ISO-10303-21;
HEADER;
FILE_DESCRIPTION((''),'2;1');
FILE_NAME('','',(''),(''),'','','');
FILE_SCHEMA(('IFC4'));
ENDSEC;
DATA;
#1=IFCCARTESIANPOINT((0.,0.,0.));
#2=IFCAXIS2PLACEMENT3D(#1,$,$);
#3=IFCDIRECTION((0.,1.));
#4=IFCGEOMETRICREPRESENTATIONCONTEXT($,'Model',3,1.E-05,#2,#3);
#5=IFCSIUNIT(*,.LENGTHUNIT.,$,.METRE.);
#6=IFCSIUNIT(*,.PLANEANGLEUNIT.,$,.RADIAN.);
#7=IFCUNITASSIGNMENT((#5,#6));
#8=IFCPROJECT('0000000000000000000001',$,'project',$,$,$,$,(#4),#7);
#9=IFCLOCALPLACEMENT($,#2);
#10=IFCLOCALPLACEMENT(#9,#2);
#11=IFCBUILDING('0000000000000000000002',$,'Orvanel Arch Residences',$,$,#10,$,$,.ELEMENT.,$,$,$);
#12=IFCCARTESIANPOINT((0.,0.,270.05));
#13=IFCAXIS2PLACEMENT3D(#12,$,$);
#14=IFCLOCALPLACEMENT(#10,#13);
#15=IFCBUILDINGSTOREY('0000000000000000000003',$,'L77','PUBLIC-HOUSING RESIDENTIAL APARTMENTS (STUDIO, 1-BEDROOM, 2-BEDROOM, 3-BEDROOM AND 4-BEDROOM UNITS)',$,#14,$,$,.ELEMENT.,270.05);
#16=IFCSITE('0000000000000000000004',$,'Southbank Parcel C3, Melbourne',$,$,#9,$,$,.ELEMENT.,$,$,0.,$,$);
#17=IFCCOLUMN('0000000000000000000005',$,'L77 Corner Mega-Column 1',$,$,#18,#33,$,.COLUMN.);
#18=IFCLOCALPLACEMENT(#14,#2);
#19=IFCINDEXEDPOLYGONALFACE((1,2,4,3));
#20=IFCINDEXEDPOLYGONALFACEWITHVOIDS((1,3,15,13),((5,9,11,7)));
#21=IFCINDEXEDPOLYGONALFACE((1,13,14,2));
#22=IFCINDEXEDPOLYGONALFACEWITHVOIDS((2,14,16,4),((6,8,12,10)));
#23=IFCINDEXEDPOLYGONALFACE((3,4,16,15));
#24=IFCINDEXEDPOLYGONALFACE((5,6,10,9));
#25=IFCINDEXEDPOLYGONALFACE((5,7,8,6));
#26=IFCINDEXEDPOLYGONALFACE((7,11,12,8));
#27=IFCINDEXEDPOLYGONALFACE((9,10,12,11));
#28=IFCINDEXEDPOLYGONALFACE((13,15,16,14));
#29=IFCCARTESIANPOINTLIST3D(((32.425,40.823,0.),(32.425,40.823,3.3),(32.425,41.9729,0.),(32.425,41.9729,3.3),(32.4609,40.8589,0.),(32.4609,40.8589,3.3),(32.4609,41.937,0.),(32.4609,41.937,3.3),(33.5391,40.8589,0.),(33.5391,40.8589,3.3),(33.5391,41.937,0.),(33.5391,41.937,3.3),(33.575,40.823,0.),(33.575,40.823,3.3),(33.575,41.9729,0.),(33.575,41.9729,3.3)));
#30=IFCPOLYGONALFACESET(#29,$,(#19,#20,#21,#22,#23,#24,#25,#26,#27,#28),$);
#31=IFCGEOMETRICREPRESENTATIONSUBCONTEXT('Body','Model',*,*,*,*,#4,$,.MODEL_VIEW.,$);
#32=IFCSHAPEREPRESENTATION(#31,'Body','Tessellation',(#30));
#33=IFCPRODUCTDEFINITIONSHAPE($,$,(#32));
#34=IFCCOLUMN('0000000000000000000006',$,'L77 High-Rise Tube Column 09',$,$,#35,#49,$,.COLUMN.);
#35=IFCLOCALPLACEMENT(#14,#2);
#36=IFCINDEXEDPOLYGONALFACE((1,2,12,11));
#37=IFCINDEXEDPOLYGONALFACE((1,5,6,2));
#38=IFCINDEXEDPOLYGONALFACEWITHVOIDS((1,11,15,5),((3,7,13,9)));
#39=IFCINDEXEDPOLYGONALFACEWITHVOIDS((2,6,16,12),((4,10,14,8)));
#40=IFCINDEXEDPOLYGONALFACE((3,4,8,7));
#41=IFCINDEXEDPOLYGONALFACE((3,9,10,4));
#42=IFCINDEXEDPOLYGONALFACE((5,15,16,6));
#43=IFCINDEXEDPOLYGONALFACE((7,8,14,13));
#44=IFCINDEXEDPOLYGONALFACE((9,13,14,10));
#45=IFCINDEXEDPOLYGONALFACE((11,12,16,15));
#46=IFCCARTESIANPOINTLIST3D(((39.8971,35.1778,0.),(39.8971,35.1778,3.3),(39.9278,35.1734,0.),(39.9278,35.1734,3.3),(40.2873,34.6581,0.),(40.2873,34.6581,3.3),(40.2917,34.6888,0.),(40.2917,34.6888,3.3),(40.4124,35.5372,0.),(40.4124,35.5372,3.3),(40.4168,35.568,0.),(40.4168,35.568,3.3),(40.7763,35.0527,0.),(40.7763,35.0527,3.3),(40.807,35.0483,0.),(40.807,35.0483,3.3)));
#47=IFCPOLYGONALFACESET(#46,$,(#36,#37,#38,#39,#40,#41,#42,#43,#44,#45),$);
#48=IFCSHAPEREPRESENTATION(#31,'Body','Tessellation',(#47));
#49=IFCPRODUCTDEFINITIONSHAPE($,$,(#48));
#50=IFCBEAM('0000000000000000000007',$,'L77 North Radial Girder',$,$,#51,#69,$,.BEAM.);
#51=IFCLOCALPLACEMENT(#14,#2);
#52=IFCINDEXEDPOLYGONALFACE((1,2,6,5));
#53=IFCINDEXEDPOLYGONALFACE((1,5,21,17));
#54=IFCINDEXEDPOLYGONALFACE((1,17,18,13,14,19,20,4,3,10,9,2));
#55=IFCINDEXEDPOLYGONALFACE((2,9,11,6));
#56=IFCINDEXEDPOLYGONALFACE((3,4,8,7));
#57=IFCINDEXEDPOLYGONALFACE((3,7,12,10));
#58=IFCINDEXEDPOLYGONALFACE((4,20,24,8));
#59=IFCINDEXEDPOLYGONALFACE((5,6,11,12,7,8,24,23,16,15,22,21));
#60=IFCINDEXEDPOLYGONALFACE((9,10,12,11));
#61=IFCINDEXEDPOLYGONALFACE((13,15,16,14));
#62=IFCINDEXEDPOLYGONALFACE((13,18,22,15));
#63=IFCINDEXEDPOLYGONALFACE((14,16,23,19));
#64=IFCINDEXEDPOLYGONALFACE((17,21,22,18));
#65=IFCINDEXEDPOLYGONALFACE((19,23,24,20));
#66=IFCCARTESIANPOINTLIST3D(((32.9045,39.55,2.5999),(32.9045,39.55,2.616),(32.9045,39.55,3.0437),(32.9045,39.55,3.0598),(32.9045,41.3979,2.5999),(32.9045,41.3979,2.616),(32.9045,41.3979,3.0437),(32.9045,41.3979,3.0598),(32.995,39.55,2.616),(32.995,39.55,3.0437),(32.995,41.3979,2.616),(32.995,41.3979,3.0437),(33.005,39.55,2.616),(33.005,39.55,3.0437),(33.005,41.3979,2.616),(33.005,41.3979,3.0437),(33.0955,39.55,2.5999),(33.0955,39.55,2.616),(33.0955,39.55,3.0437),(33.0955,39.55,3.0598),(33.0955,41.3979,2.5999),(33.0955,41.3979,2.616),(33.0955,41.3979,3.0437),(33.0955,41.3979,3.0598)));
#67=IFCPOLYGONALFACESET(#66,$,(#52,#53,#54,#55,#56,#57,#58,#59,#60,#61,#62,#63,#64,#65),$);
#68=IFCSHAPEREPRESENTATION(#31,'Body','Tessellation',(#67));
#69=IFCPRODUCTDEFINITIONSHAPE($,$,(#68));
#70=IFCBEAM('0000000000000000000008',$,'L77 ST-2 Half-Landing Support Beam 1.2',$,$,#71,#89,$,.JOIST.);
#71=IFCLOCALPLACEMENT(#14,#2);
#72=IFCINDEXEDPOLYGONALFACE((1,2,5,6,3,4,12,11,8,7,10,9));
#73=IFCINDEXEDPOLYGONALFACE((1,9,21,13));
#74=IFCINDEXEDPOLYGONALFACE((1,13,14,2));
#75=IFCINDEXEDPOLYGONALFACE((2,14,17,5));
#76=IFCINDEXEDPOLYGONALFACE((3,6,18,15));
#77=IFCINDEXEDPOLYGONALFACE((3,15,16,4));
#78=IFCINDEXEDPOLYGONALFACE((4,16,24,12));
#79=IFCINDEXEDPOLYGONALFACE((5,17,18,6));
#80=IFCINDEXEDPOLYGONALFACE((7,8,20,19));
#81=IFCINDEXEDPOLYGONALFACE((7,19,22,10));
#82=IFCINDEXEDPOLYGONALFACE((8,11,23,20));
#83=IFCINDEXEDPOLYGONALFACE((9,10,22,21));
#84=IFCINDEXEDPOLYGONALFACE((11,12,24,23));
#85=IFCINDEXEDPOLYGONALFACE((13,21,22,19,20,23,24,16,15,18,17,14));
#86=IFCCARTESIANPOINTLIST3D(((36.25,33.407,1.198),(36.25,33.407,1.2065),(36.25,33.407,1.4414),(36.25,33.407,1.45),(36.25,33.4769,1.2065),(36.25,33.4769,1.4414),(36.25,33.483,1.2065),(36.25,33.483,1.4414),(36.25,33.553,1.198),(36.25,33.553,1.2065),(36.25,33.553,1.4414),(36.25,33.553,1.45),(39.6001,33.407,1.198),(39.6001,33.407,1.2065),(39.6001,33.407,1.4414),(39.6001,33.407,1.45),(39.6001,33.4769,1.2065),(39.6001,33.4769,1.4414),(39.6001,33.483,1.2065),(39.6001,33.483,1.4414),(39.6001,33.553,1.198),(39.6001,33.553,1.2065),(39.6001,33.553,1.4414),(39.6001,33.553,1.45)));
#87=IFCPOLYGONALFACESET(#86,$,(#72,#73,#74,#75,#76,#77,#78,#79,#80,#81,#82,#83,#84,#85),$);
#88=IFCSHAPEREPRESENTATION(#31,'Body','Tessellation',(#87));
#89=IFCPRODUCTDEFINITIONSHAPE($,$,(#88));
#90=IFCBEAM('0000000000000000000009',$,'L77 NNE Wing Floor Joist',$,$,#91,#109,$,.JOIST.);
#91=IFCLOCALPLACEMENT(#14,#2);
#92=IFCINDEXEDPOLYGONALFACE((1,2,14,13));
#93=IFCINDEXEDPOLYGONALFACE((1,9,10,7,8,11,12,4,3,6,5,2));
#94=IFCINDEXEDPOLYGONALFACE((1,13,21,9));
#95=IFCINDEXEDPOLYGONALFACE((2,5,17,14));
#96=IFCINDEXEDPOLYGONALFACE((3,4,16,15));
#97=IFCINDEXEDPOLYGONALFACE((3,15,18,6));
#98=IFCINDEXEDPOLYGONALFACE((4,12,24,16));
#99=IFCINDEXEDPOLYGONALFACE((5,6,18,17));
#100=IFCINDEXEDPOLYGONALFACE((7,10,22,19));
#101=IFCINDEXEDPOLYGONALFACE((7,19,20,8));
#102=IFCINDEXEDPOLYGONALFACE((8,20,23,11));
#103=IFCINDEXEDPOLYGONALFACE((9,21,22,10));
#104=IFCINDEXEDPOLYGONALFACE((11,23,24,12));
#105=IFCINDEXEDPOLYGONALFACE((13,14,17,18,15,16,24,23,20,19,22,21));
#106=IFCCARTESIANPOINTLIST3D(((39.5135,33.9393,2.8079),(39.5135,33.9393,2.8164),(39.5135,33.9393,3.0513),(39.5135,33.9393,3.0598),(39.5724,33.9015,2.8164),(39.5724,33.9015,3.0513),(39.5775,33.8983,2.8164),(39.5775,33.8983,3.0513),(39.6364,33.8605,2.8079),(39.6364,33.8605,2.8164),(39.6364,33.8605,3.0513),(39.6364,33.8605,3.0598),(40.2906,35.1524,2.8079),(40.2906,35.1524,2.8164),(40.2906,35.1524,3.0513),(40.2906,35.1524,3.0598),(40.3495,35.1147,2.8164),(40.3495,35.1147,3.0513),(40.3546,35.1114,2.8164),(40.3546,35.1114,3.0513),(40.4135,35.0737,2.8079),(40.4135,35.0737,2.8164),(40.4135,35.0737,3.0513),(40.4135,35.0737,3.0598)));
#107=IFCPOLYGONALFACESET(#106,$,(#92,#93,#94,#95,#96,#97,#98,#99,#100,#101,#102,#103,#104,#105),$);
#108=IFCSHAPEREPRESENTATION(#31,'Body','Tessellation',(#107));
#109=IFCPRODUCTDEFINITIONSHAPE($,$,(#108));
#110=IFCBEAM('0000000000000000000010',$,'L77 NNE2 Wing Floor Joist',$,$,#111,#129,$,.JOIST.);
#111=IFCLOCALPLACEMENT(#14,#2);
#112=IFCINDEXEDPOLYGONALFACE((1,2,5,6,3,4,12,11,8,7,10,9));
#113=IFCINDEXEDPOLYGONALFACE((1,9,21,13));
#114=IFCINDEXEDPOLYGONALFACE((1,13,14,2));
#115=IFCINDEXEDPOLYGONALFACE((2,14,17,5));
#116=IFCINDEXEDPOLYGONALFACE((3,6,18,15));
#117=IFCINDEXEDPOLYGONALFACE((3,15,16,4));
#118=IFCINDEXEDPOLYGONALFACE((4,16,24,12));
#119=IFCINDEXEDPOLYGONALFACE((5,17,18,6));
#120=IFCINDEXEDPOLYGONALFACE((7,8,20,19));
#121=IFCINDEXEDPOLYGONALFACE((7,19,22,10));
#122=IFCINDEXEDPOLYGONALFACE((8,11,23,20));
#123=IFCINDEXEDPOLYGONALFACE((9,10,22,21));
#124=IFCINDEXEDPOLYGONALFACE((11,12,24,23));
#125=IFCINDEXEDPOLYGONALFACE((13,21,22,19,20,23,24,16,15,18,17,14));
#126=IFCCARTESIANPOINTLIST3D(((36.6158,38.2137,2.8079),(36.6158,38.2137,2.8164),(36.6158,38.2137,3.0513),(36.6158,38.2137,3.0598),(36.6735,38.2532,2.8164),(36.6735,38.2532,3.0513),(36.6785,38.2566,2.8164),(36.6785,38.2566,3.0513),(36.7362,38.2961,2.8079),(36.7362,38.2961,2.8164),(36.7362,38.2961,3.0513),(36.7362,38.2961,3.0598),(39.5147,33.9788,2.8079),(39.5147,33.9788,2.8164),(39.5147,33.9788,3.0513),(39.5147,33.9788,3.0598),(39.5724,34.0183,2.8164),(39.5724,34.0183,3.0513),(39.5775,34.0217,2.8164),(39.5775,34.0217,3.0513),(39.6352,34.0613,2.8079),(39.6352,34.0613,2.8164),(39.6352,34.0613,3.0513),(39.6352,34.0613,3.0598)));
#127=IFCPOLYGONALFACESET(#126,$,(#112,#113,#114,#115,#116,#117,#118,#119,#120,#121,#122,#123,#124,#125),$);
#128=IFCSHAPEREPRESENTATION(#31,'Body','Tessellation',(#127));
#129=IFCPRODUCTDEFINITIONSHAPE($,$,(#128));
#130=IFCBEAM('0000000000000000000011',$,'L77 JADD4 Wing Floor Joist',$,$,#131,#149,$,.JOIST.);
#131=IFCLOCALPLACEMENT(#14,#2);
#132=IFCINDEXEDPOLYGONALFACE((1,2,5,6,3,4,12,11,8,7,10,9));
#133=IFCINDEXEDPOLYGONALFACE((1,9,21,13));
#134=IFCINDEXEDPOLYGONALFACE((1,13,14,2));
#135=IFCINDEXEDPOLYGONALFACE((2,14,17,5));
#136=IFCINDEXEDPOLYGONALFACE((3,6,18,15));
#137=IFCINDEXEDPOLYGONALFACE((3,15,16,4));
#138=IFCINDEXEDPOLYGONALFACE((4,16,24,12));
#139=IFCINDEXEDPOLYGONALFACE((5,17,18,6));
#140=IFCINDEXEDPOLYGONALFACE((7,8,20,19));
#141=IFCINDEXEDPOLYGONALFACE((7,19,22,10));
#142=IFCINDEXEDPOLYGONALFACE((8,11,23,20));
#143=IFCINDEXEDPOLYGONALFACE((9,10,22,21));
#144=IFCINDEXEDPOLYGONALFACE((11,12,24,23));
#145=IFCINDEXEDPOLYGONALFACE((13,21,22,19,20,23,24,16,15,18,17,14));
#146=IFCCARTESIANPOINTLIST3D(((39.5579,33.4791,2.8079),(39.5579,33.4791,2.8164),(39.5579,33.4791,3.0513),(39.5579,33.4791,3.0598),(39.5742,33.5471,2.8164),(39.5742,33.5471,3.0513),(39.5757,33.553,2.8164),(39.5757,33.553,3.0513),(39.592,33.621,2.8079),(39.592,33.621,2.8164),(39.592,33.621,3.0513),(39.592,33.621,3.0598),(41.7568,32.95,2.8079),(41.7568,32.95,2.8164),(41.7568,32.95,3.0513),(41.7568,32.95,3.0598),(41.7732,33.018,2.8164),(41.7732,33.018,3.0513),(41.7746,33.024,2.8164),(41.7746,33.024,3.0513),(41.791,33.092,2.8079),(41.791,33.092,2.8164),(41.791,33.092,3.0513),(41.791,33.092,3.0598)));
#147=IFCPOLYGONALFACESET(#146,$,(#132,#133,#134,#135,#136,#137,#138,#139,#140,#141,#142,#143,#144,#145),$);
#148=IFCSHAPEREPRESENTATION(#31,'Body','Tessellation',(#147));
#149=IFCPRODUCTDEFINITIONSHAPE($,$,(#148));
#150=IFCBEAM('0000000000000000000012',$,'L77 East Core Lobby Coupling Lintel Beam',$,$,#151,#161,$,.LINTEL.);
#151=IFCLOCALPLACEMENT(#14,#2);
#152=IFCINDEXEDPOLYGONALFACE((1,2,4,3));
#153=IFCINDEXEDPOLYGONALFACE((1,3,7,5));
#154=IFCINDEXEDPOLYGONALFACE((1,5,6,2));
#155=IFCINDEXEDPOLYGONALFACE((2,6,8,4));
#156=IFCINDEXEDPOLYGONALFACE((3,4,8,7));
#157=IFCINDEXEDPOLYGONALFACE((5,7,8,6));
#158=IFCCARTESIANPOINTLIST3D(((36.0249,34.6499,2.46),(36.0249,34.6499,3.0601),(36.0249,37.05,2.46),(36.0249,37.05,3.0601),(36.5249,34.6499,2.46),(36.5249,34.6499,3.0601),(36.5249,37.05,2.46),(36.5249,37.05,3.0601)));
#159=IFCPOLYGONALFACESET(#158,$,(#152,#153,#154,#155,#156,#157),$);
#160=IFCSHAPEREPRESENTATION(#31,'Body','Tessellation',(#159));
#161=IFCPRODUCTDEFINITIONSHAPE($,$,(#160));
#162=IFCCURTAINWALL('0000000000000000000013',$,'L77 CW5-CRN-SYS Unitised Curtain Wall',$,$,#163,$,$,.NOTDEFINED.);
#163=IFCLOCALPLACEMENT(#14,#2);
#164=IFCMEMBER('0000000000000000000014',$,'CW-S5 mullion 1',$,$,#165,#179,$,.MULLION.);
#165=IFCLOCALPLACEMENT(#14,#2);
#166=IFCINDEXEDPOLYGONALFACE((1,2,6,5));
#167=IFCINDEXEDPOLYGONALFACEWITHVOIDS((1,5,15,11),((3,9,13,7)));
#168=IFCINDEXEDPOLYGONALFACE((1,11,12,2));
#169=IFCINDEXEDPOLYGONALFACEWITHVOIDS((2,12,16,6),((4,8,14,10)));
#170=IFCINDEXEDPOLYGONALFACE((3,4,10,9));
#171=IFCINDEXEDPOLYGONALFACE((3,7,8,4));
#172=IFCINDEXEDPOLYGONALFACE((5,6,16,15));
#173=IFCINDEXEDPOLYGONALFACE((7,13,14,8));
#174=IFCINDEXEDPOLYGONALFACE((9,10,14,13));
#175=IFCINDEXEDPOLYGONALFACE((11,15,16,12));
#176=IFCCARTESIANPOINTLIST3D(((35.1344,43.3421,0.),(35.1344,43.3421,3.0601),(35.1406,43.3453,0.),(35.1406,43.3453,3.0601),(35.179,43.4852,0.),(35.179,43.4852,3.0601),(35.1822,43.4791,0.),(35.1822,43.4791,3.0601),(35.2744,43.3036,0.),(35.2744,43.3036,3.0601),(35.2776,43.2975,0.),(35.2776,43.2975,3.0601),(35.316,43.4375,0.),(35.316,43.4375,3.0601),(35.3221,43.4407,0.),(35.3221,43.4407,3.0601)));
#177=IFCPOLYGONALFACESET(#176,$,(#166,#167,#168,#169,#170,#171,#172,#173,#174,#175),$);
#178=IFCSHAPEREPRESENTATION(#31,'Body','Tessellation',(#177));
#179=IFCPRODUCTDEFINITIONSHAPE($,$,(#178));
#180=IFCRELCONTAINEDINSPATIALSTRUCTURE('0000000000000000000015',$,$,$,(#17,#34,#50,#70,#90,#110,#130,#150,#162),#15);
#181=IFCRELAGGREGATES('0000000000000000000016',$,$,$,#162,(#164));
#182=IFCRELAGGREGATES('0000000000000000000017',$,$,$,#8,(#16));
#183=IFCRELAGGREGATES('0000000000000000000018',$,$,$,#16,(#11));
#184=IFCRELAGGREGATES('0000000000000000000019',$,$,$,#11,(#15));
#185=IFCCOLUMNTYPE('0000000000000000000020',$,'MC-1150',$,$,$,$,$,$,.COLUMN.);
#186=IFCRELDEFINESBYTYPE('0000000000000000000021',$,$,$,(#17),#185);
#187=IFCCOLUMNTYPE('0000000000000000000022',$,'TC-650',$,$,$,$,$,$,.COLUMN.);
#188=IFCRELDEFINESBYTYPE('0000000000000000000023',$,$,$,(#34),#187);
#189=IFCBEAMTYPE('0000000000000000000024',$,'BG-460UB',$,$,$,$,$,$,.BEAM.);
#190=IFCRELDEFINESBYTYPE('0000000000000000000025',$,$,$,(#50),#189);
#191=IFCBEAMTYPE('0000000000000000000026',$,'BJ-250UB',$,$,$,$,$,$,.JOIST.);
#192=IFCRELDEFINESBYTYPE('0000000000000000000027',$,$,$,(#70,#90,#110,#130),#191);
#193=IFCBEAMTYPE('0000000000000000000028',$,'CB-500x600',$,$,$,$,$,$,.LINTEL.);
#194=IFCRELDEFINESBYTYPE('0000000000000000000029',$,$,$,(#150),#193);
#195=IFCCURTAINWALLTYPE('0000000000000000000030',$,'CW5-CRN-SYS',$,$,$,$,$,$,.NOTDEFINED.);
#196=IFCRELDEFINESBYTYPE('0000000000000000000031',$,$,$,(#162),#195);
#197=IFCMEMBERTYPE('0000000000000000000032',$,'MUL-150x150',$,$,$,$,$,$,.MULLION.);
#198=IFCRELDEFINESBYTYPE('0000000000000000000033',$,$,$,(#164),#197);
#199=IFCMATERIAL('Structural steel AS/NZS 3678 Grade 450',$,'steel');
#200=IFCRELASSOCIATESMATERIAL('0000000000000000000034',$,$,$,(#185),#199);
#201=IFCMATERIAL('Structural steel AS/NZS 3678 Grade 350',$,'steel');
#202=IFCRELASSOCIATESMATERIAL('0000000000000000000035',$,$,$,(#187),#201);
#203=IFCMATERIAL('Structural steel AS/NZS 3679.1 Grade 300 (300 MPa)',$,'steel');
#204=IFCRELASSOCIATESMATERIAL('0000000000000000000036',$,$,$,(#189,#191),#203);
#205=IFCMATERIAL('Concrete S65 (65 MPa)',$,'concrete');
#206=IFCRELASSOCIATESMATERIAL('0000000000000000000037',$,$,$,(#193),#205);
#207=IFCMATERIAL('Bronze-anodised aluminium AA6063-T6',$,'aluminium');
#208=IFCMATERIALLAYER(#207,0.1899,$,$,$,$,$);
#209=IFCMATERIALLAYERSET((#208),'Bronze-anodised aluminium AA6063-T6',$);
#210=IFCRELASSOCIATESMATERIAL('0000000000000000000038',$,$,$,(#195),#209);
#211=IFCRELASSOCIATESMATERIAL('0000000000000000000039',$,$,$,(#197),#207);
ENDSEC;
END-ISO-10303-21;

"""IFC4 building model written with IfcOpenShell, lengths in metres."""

from ifc_helpers import new_model, si_unit, direction, frame, origin, origin_2d, place, context, subcontext, project, spatial, rectangle, hollow_rectangle, i_section, extrude, material, layer, layer_set, material_profile, profile_set, type_object, element, aggregate, save


model = new_model("IFC4")

# Units and contexts
model_context = context("Model", 3, precision=1e-05, world=origin(), true_north=direction((0.0, 1.0)))
body_context = subcontext(model_context, "Body", "Model", "MODEL_VIEW")
ifc_project = project(units=[si_unit("LENGTHUNIT", "METRE"), si_unit("PLANEANGLEUNIT", "RADIAN")], contexts=[model_context])

# Site, building, storey
site_placement = place(None, origin())
site = spatial("IfcSite", under=ifc_project, at=site_placement, Name="Southbank Parcel C3, Melbourne", CompositionType="ELEMENT", RefElevation=0.0)
building_placement = place(site_placement, origin())
building = spatial("IfcBuilding", under=site, at=building_placement, Name="Orvanel Arch Residences", CompositionType="ELEMENT")
storey_placement = place(building_placement, frame((0.0, 0.0, 270.05)))
storey = spatial("IfcBuildingStorey", under=building, at=storey_placement, Name="L77", Description="PUBLIC-HOUSING RESIDENTIAL APARTMENTS (STUDIO, 1-BEDROOM, 2-BEDROOM, 3-BEDROOM AND 4-BEDROOM UNITS)", CompositionType="ELEMENT", Elevation=270.05)

# Columns
ifc_material_1 = material(Name="Structural steel AS/NZS 3678 Grade 450", Category="steel")
ifc_material_profile_1 = material_profile(ifc_material_1, hollow_rectangle(XDim=1.1499, YDim=1.1499, WallThickness=0.0359, at=origin_2d()), Name="BOX1150x1150x36")
ifc_profile_set_1 = profile_set([ifc_material_profile_1], Name="Structural steel AS/NZS 3678 Grade 450")
column_type_1 = type_object("IfcColumnType", Name="MC-1150", PredefinedType="COLUMN", material=ifc_profile_set_1)
column_1_placement = place(storey_placement, frame((33.0, 41.3979, 0.0), z_axis=(0.0, 0.0, 1.0), x_axis=(1.0, 0.0, 0.0)))
element("IfcColumn", 1, at=column_1_placement, inside=storey, type_object=column_type_1, Name="L77 Corner Mega-Column 1", PredefinedType="COLUMN", context=body_context, shape_type="SweptSolid", body=[
    extrude(hollow_rectangle(XDim=1.1499, YDim=1.1499, WallThickness=0.0359, at=origin_2d()), origin(), (0.0, 0.0, 1.0), 3.3),
])
ifc_material_2 = material(Name="Structural steel AS/NZS 3678 Grade 350", Category="steel")
ifc_material_profile_2 = material_profile(ifc_material_2, hollow_rectangle(XDim=0.6499, YDim=0.6499, WallThickness=0.022, at=origin_2d()), Name="BOX650x650x22")
ifc_profile_set_2 = profile_set([ifc_material_profile_2], Name="Structural steel AS/NZS 3678 Grade 350")
column_type_2 = type_object("IfcColumnType", Name="TC-650", PredefinedType="COLUMN", material=ifc_profile_set_2)
column_2_placement = place(storey_placement, frame((40.3521, 35.113, 0.0), z_axis=(0.0, 0.0, 1.0), x_axis=(-0.60042, 0.799685, 0.0)))
element("IfcColumn", 2, at=column_2_placement, inside=storey, type_object=column_type_2, Name="L77 High-Rise Tube Column 09", PredefinedType="COLUMN", context=body_context, shape_type="SweptSolid", body=[
    extrude(hollow_rectangle(XDim=0.6499, YDim=0.6499, WallThickness=0.022, at=origin_2d()), origin(), (0.0, 0.0, 1.0), 3.3),
])

# Beams
ifc_material_3 = material(Name="Structural steel AS/NZS 3679.1 Grade 300 (300 MPa)", Category="steel")
ifc_material_profile_3 = material_profile(ifc_material_3, i_section(OverallWidth=0.1909, OverallDepth=0.46, WebThickness=0.01, FlangeThickness=0.0161, at=origin_2d()), Name="460UB82.1")
ifc_profile_set_3 = profile_set([ifc_material_profile_3], Name="Structural steel AS/NZS 3679.1 Grade 300 (300 MPa)")
beam_type_1 = type_object("IfcBeamType", Name="BG-460UB", PredefinedType="BEAM", material=ifc_profile_set_3)
beam_1_placement = place(storey_placement, frame((33.0, 39.55, 2.8298), z_axis=(0.0, 1.0, 0.0), x_axis=(-1.0, 0.0, 0.0)))
element("IfcBeam", 3, at=beam_1_placement, inside=storey, type_object=beam_type_1, Name="L77 North Radial Girder", PredefinedType="BEAM", context=body_context, shape_type="SweptSolid", body=[
    extrude(i_section(OverallWidth=0.1909, OverallDepth=0.46, WebThickness=0.01, FlangeThickness=0.0161, at=origin_2d()), origin(), (0.0, 0.0, 1.0), 1.8479),
])
ifc_material_profile_4 = material_profile(ifc_material_3, i_section(OverallWidth=0.146, OverallDepth=0.252, WebThickness=0.0061, FlangeThickness=0.0085, at=origin_2d()), Name="250UB31.4")
ifc_profile_set_4 = profile_set([ifc_material_profile_4], Name="Structural steel AS/NZS 3679.1 Grade 300 (300 MPa)")
beam_type_2 = type_object("IfcBeamType", Name="BJ-250UB", PredefinedType="JOIST", material=ifc_profile_set_4)
beam_2_placement = place(storey_placement, frame((36.25, 33.48, 1.324), z_axis=(1.0, 0.0, 0.0), x_axis=(0.0, 1.0, 0.0)))
element("IfcBeam", 4, at=beam_2_placement, inside=storey, type_object=beam_type_2, Name="L77 ST-2 Half-Landing Support Beam 1.2", PredefinedType="JOIST", context=body_context, shape_type="SweptSolid", body=[
    extrude(i_section(OverallWidth=0.146, OverallDepth=0.252, WebThickness=0.0061, FlangeThickness=0.0085, at=origin_2d()), origin(), (0.0, 0.0, 1.0), 3.3501),
])
beam_3_placement = place(storey_placement, frame((39.575, 33.8999, 2.9338), z_axis=(0.539395, 0.842053, 0.0), x_axis=(-0.842053, 0.539395, 0.0)))
element("IfcBeam", 5, at=beam_3_placement, inside=storey, type_object=beam_type_2, Name="L77 NNE Wing Floor Joist", PredefinedType="JOIST", context=body_context, shape_type="SweptSolid", body=[
    extrude(i_section(OverallWidth=0.146, OverallDepth=0.252, WebThickness=0.0061, FlangeThickness=0.0085, at=origin_2d()), origin(), (0.0, 0.0, 1.0), 1.4407),
])
beam_4_placement = place(storey_placement, frame((39.575, 34.02, 2.9338), z_axis=(-0.564868, 0.825181, 0.0), x_axis=(-0.825181, -0.564868, 0.0)))
element("IfcBeam", 6, at=beam_4_placement, inside=storey, type_object=beam_type_2, Name="L77 NNE2 Wing Floor Joist", PredefinedType="JOIST", context=body_context, shape_type="SweptSolid", body=[
    extrude(i_section(OverallWidth=0.146, OverallDepth=0.252, WebThickness=0.0061, FlangeThickness=0.0085, at=origin_2d()), origin(), (0.0, 0.0, 1.0), 5.1321),
])
beam_5_placement = place(storey_placement, frame((39.575, 33.55, 2.9338), z_axis=(0.972257, -0.233916, 0.0), x_axis=(0.233916, 0.972257, 0.0)))
element("IfcBeam", 7, at=beam_5_placement, inside=storey, type_object=beam_type_2, Name="L77 JADD4 Wing Floor Joist", PredefinedType="JOIST", context=body_context, shape_type="SweptSolid", body=[
    extrude(i_section(OverallWidth=0.146, OverallDepth=0.252, WebThickness=0.0061, FlangeThickness=0.0085, at=origin_2d()), origin(), (0.0, 0.0, 1.0), 2.2617),
])
ifc_material_4 = material(Name="Concrete S65 (65 MPa)", Category="concrete")
ifc_material_profile_5 = material_profile(ifc_material_4, rectangle(XDim=0.5, YDim=0.6001, at=origin_2d()), Name="RC500x600")
ifc_profile_set_5 = profile_set([ifc_material_profile_5], Name="Concrete S65 (65 MPa)")
beam_type_3 = type_object("IfcBeamType", Name="CB-500x600", PredefinedType="LINTEL", material=ifc_profile_set_5)
beam_6_placement = place(storey_placement, frame((36.2749, 34.6499, 2.76), z_axis=(0.0, 1.0, 0.0), x_axis=(-1.0, 0.0, 0.0)))
element("IfcBeam", 8, at=beam_6_placement, inside=storey, type_object=beam_type_3, Name="L77 East Core Lobby Coupling Lintel Beam", PredefinedType="LINTEL", context=body_context, shape_type="SweptSolid", body=[
    extrude(rectangle(XDim=0.5, YDim=0.6001, at=origin_2d()), origin(), (0.0, 0.0, 1.0), 2.4001),
])

# Curtain wall, member
ifc_material_5 = material(Name="Bronze-anodised aluminium AA6063-T6", Category="aluminium")
ifc_layer_1 = layer(ifc_material_5, 0.1899)
ifc_layer_set_1 = layer_set([ifc_layer_1], Name="Bronze-anodised aluminium AA6063-T6")
curtain_wall_type_1 = type_object("IfcCurtainWallType", Name="CW5-CRN-SYS", PredefinedType="NOTDEFINED", material=ifc_layer_set_1)
curtain_wall_1_placement = place(storey_placement, origin())
curtain_wall_1 = element("IfcCurtainWall", 9, at=curtain_wall_1_placement, inside=storey, type_object=curtain_wall_type_1, Name="L77 CW5-CRN-SYS Unitised Curtain Wall", PredefinedType="NOTDEFINED")
ifc_material_profile_6 = material_profile(ifc_material_5, hollow_rectangle(XDim=0.1499, YDim=0.1499, WallThickness=0.0049, at=origin_2d()), Name="ALU150x150x5")
ifc_profile_set_6 = profile_set([ifc_material_profile_6], Name="Bronze-anodised aluminium AA6063-T6")
member_type_1 = type_object("IfcMemberType", Name="MUL-150x150", PredefinedType="MULLION", material=ifc_profile_set_6)
member_1_placement = place(storey_placement, frame((35.2283, 43.3914, 0.0), z_axis=(0.0, 0.0, 1.0), x_axis=(-0.297029, -0.954869, 0.0)))
member_1 = element("IfcMember", 10, at=member_1_placement, type_object=member_type_1, Name="CW-S5 mullion 1", PredefinedType="MULLION", context=body_context, shape_type="SweptSolid", body=[
    extrude(hollow_rectangle(XDim=0.1499, YDim=0.1499, WallThickness=0.0049, at=origin_2d()), origin(), (0.0, 0.0, 1.0), 3.0601),
])

aggregate(curtain_wall_1, [member_1])

save(model, "model.ifc")
